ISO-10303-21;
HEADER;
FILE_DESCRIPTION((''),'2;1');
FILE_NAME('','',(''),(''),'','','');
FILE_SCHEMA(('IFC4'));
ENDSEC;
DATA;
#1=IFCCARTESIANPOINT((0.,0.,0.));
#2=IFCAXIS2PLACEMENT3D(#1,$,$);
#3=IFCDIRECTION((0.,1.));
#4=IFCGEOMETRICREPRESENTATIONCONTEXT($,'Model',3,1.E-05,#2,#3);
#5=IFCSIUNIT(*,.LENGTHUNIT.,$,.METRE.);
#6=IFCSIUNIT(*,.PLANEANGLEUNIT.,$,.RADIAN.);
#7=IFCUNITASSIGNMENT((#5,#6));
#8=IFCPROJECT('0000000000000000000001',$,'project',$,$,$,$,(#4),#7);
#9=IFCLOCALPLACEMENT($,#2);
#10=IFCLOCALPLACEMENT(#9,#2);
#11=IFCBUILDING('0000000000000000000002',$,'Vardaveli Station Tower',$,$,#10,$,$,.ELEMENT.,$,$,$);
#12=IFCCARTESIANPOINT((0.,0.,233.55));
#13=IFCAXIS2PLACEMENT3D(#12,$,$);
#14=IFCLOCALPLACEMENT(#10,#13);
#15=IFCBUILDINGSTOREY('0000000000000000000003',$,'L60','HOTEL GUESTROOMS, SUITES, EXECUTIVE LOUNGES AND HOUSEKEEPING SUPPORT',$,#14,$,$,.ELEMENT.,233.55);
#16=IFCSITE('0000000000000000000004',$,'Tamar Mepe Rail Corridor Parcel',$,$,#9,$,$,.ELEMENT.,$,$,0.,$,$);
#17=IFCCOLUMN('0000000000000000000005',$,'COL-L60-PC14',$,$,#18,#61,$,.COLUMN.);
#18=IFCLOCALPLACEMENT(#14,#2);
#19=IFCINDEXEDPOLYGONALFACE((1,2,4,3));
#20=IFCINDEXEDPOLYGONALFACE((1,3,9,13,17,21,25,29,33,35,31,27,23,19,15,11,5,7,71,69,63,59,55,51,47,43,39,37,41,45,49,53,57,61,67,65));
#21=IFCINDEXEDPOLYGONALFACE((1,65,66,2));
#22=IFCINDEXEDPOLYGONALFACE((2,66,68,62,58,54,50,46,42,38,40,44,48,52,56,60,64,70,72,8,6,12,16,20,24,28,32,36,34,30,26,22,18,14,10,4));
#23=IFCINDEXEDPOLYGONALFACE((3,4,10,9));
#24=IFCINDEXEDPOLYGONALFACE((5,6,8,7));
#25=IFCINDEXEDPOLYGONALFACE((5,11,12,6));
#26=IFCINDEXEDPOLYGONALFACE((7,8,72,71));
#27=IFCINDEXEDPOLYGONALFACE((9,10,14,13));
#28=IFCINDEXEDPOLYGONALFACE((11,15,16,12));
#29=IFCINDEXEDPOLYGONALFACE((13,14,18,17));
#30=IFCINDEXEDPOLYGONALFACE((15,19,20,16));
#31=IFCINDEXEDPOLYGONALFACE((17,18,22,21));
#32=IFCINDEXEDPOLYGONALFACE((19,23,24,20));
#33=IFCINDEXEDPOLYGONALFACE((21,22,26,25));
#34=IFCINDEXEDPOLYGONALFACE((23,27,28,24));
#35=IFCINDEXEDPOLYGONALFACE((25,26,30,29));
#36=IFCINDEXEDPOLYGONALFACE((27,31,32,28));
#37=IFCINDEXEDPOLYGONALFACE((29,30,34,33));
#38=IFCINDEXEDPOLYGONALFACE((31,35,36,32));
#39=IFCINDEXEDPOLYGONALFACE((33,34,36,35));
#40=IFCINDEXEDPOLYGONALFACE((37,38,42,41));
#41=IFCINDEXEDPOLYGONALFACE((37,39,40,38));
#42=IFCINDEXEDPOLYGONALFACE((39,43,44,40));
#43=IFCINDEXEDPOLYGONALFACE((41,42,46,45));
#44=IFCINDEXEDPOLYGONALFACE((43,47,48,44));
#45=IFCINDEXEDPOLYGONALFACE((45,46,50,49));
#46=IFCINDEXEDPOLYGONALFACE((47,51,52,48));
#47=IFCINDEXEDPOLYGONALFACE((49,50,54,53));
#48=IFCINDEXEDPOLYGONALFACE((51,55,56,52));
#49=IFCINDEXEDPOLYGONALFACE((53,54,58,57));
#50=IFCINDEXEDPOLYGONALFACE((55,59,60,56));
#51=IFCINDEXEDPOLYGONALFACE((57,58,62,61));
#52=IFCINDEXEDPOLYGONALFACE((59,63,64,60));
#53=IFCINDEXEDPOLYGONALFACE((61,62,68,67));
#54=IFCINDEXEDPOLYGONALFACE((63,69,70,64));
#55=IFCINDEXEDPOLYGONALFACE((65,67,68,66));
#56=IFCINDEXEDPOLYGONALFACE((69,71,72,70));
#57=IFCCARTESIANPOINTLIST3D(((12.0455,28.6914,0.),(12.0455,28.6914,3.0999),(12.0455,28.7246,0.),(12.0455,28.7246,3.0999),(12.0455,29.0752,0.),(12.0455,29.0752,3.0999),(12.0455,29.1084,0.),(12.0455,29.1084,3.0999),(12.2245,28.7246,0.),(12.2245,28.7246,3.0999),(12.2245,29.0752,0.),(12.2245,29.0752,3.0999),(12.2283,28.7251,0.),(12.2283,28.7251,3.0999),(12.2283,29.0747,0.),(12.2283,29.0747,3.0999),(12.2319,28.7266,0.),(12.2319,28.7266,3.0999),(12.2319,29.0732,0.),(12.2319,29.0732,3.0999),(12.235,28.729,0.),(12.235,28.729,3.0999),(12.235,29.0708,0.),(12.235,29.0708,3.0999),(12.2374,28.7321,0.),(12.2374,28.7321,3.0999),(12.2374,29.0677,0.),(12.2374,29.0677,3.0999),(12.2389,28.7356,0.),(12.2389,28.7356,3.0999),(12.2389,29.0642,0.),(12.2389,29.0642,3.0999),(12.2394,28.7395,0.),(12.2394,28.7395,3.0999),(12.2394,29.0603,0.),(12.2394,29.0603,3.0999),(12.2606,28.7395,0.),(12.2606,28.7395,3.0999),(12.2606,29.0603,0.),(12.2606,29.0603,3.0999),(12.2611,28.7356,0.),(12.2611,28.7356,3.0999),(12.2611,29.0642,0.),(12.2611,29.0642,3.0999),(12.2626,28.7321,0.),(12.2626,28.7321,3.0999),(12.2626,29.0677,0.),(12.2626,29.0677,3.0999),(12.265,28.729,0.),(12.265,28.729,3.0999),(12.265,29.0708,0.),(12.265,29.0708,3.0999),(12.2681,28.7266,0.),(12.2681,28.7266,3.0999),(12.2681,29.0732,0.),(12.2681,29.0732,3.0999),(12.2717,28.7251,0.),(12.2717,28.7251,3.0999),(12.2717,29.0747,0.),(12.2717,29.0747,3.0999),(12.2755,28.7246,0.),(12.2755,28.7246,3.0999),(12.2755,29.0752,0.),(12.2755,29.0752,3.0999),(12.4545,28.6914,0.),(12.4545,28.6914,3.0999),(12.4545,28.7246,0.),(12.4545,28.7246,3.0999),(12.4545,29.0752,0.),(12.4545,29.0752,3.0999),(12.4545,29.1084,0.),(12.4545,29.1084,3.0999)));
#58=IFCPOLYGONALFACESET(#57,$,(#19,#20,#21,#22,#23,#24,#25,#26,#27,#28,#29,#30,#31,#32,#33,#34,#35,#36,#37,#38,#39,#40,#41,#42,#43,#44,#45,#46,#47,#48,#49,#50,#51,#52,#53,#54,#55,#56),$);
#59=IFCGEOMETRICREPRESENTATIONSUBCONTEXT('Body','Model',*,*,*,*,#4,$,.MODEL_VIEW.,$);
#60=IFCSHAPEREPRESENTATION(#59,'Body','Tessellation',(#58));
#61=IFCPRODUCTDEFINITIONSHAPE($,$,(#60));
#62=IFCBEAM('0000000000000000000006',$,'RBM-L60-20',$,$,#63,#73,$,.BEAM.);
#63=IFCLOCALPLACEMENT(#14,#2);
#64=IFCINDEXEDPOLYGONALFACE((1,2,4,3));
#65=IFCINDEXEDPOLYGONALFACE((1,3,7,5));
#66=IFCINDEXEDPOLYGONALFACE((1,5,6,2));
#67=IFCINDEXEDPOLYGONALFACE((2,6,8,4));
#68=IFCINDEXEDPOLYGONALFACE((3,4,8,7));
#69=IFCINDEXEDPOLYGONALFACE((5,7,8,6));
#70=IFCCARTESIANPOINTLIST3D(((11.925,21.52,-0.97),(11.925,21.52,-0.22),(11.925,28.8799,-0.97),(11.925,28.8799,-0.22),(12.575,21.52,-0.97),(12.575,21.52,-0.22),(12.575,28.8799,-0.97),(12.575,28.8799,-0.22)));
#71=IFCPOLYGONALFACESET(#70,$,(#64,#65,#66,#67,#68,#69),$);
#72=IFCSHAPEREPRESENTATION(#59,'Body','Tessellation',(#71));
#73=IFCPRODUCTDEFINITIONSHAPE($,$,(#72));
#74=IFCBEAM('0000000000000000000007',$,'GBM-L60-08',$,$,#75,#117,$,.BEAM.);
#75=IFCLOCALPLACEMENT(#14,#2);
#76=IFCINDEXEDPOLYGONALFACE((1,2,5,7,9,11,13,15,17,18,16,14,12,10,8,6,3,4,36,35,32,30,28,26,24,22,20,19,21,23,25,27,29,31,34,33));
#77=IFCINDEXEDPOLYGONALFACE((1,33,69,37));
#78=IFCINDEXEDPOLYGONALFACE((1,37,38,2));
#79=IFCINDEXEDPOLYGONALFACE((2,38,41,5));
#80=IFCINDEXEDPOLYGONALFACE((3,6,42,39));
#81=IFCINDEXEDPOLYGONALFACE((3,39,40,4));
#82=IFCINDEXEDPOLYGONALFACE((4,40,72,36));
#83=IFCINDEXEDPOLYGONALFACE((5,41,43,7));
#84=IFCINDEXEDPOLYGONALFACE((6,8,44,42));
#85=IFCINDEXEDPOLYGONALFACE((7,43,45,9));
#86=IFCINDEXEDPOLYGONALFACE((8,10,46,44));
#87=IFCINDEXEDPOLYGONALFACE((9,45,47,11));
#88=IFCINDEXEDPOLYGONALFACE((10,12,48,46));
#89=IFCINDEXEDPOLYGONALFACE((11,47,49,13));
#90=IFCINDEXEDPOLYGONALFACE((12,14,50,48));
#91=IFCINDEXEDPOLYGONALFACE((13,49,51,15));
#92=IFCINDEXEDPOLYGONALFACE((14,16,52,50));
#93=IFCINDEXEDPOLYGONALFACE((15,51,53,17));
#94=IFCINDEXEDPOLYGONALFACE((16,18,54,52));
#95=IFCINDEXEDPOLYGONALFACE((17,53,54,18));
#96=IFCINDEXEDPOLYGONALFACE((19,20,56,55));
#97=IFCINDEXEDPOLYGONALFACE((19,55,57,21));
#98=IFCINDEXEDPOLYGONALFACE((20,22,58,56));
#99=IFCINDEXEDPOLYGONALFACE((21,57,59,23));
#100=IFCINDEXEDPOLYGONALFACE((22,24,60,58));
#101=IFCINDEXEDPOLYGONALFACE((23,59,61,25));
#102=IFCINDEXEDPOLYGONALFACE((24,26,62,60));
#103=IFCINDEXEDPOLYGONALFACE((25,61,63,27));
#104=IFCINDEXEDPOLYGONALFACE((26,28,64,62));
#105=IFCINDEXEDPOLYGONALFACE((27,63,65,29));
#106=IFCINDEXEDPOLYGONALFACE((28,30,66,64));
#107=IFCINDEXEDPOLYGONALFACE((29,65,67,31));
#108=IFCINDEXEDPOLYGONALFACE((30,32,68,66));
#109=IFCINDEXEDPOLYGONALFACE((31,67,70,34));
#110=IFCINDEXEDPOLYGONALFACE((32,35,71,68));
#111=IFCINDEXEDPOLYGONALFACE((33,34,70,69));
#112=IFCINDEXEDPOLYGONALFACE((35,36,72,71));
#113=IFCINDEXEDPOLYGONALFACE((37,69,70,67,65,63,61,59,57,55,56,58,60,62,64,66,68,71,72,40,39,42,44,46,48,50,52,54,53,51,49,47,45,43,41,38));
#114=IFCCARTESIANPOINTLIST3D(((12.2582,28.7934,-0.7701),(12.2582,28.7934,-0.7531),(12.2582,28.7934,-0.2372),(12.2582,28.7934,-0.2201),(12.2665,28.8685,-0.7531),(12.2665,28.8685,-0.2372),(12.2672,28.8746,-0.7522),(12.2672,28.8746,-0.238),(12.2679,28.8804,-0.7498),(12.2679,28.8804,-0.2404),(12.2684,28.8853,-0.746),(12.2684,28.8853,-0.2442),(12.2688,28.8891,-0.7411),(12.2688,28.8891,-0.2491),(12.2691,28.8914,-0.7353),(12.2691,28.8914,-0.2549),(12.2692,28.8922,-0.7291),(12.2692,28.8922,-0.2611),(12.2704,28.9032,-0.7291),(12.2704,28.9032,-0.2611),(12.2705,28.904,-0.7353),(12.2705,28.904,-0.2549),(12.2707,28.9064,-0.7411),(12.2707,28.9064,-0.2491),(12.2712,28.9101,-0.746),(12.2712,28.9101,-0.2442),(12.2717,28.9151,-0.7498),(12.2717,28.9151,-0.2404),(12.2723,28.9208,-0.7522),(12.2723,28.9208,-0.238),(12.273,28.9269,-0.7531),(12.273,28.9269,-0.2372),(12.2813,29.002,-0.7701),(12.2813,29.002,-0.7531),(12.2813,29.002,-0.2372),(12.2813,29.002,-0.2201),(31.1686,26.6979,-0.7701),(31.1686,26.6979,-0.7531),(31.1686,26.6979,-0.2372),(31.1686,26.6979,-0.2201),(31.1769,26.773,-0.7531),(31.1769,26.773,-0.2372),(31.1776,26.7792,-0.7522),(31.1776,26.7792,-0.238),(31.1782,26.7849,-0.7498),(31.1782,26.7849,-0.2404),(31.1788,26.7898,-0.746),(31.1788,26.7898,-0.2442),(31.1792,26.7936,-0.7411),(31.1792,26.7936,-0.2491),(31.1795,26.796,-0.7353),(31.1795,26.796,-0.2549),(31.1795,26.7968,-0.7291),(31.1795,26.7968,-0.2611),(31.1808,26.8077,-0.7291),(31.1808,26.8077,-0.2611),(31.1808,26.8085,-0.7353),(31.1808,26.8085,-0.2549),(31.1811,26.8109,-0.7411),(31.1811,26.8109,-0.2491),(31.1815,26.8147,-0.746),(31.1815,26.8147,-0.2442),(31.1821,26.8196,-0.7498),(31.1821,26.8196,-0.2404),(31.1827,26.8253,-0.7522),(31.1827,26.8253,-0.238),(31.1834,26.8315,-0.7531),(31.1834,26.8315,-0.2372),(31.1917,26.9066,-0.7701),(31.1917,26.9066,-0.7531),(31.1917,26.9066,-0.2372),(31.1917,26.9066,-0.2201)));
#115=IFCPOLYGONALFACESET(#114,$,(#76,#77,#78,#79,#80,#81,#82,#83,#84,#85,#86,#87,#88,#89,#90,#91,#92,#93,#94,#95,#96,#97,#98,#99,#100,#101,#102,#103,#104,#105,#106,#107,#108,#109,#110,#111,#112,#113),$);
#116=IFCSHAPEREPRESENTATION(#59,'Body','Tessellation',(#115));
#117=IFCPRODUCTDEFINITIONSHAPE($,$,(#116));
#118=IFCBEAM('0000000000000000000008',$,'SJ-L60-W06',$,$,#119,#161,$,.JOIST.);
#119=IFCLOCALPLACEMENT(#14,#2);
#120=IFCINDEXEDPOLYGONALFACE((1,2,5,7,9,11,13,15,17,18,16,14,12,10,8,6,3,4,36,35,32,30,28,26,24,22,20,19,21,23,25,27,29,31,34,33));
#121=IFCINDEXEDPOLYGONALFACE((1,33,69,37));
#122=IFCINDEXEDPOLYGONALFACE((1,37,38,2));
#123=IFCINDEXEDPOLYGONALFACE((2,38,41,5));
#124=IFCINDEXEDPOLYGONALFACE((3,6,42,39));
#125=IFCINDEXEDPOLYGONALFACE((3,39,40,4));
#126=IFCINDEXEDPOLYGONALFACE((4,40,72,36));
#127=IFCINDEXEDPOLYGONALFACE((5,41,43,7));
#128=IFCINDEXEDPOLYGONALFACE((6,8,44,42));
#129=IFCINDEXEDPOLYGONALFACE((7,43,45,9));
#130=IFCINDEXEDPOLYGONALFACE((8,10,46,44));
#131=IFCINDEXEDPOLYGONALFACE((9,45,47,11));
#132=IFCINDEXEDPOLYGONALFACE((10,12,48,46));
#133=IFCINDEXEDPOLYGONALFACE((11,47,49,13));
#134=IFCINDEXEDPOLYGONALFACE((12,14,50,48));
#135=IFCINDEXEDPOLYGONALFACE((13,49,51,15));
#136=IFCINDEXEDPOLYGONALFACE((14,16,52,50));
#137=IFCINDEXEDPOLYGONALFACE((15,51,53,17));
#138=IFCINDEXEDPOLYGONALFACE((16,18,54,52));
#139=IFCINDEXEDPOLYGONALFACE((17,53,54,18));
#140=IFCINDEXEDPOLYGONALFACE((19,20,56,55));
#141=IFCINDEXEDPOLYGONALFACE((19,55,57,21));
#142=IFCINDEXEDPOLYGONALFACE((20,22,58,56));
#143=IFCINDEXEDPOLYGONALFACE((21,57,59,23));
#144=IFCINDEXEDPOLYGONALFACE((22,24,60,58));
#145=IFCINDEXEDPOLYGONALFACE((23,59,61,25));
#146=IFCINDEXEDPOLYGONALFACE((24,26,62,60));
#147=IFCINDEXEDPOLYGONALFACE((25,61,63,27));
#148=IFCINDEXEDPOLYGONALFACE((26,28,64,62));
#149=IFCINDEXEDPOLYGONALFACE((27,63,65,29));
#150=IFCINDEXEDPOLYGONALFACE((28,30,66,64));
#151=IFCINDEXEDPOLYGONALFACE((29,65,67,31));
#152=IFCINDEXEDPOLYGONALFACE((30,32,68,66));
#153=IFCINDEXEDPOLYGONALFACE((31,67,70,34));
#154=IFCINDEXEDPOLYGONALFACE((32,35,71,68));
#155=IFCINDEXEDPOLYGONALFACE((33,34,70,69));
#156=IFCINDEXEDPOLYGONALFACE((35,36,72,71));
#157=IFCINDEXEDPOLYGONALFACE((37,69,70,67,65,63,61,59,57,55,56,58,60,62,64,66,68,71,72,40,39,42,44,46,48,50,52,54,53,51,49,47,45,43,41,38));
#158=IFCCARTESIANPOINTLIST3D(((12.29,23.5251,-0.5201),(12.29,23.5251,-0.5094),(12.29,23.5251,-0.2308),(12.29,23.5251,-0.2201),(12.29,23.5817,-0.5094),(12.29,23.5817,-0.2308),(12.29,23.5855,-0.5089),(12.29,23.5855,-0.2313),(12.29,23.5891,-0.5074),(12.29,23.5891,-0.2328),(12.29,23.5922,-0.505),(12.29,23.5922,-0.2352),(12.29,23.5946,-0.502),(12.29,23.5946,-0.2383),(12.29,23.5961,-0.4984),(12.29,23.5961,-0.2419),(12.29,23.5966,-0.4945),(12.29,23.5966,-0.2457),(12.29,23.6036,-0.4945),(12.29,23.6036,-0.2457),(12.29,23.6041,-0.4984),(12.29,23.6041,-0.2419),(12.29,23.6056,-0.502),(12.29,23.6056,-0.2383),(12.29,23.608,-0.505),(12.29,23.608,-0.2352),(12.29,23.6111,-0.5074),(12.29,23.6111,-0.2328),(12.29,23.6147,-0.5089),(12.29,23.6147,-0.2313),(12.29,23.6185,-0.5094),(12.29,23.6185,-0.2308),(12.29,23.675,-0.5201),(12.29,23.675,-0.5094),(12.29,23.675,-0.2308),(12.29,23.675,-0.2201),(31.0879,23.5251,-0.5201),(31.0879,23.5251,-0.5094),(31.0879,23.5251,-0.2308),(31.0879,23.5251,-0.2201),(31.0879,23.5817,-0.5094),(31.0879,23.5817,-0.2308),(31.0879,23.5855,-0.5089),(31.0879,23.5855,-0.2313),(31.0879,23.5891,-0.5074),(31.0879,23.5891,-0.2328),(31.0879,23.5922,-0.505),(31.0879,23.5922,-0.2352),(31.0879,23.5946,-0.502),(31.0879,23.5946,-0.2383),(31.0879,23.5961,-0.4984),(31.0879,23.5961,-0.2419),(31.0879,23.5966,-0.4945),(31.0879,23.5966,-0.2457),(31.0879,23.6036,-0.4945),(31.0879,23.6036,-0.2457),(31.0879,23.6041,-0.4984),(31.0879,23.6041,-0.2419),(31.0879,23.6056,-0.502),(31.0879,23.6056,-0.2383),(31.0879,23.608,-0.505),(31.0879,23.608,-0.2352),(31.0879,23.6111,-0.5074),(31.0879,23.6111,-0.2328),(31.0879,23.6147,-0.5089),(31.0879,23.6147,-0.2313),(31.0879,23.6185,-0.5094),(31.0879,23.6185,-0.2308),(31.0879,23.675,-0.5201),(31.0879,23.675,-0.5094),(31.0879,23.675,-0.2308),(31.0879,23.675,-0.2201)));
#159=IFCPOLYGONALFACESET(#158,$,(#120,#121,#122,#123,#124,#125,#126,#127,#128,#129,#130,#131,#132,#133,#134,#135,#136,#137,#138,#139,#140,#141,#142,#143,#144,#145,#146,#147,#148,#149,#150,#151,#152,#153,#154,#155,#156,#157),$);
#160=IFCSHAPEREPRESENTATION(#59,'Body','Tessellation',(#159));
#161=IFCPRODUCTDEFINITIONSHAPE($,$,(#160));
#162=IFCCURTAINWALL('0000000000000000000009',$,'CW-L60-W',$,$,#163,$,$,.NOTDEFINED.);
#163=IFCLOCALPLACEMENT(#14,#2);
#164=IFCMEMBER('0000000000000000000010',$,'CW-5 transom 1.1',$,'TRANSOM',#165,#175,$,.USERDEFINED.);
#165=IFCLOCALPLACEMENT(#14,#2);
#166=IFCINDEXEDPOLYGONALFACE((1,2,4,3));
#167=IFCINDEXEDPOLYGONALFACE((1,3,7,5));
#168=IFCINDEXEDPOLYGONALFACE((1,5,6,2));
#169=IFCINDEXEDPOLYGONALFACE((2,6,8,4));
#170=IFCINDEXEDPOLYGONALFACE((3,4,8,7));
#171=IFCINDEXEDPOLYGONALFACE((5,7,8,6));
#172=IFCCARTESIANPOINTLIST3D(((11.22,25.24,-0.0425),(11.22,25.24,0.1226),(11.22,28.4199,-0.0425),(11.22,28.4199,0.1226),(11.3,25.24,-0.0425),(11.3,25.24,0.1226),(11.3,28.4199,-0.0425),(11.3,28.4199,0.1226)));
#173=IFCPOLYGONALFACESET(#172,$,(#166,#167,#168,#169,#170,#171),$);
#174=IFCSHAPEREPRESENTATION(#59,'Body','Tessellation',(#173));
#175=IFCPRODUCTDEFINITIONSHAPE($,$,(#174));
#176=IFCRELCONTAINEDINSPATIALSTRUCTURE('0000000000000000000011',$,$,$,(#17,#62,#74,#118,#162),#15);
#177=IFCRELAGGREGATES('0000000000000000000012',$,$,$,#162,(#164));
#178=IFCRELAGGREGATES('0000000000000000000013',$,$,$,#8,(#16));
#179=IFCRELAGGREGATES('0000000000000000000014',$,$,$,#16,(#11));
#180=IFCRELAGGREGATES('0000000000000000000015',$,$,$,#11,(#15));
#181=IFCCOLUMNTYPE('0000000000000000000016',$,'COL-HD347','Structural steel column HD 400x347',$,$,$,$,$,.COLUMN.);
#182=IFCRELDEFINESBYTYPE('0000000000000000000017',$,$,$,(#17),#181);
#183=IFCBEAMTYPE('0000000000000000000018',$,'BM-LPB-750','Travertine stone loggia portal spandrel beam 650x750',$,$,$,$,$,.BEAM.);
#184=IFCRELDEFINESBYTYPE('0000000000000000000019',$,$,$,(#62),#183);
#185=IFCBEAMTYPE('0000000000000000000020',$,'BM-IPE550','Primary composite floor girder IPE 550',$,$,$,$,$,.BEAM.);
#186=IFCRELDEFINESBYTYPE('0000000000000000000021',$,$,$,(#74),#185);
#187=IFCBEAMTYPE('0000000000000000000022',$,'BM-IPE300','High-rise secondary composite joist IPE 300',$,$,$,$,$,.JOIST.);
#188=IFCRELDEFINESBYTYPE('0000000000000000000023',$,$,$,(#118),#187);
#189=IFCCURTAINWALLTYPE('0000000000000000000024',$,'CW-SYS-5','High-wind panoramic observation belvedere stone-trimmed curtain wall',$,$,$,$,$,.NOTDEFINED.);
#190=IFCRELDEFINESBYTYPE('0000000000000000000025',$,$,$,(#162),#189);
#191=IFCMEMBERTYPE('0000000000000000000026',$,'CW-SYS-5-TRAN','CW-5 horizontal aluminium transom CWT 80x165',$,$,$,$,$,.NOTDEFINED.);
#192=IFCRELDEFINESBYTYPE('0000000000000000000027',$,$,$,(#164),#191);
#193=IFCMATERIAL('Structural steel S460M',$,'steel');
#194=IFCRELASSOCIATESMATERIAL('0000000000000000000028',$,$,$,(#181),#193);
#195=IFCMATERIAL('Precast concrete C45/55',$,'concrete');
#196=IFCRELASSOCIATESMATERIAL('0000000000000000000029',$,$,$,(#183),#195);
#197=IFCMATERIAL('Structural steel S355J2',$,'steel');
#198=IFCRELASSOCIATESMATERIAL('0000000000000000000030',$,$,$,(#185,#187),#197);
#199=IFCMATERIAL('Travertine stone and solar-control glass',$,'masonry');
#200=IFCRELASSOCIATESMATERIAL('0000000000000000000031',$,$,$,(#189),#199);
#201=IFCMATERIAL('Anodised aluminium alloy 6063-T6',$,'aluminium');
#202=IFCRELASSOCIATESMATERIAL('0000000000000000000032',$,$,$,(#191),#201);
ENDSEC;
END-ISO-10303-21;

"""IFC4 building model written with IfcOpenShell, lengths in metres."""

from ifc_helpers import new_model, si_unit, direction, frame, origin, origin_2d, place, context, subcontext, project, spatial, rectangle, i_section, extrude, source, transform, mapped, material, material_profile, profile_set, type_object, element, aggregate, save


model = new_model("IFC4")

# Units and contexts
model_context = context("Model", 3, precision=1e-05, world=origin(), true_north=direction((0.0, 1.0)))
body_context = subcontext(model_context, "Body", "Model", "MODEL_VIEW")
ifc_project = project(units=[si_unit("LENGTHUNIT", "METRE"), si_unit("PLANEANGLEUNIT", "RADIAN")], contexts=[model_context])

# Site, building, storey
site_placement = place(None, origin())
site = spatial("IfcSite", under=ifc_project, at=site_placement, Name="Tamar Mepe Rail Corridor Parcel", CompositionType="ELEMENT", RefElevation=0.0)
building_placement = place(site_placement, origin())
building = spatial("IfcBuilding", under=site, at=building_placement, Name="Vardaveli Station Tower", CompositionType="ELEMENT")
storey_placement = place(building_placement, frame((0.0, 0.0, 233.55)))
storey = spatial("IfcBuildingStorey", under=building, at=storey_placement, Name="L60", Description="HOTEL GUESTROOMS, SUITES, EXECUTIVE LOUNGES AND HOUSEKEEPING SUPPORT", CompositionType="ELEMENT", Elevation=233.55)

# Column
ifc_material_1 = material(Name="Structural steel S460M", Category="steel")
ifc_material_profile_1 = material_profile(ifc_material_1, i_section(OverallWidth=0.4089, OverallDepth=0.417, WebThickness=0.0212, FlangeThickness=0.0332, FilletRadius=0.0149, at=origin_2d()), Name="HD 400x347")
ifc_profile_set_1 = profile_set([ifc_material_profile_1], Name="Structural steel S460M")
column_type = type_object("IfcColumnType", Name="COL-HD347", Description="Structural steel column HD 400x347", PredefinedType="COLUMN", material=ifc_profile_set_1)
shared_shape_1 = source(origin(), body_context, "Body", "SweptSolid", [
    extrude(i_section(OverallWidth=0.4089, OverallDepth=0.417, WebThickness=0.0212, FlangeThickness=0.0332, FilletRadius=0.0149, at=origin_2d()), origin(), (0.0, 0.0, 1.0), 3.0999),
])
column_placement = place(storey_placement, frame((12.25, 28.8999, 0.0), z_axis=(0.0, 0.0, 1.0), x_axis=(1.0, 0.0, 0.0)))
element("IfcColumn", 1, at=column_placement, inside=storey, type_object=column_type, Name="COL-L60-PC14", PredefinedType="COLUMN", context=body_context, shape_type="MappedRepresentation", body=[
    mapped(shared_shape_1, transform((0.0, 0.0, 0.0), scale=1.0)),
])

# Beams
ifc_material_2 = material(Name="Precast concrete C45/55", Category="concrete")
ifc_material_profile_2 = material_profile(ifc_material_2, rectangle(XDim=0.6499, YDim=0.75, at=origin_2d()), Name="LPB 650x750")
ifc_profile_set_2 = profile_set([ifc_material_profile_2], Name="Precast concrete C45/55")
beam_type_1 = type_object("IfcBeamType", Name="BM-LPB-750", Description="Travertine stone loggia portal spandrel beam 650x750", PredefinedType="BEAM", material=ifc_profile_set_2)
shared_shape_2 = source(origin(), body_context, "Body", "SweptSolid", [
    extrude(rectangle(XDim=0.6499, YDim=0.75, at=origin_2d()), origin(), (0.0, 0.0, 1.0), 7.3599),
])
beam_1_placement = place(storey_placement, frame((12.25, 28.8799, -0.595), z_axis=(0.0, -1.0, 0.0), x_axis=(1.0, 0.0, 0.0)))
element("IfcBeam", 2, at=beam_1_placement, inside=storey, type_object=beam_type_1, Name="RBM-L60-20", PredefinedType="BEAM", context=body_context, shape_type="MappedRepresentation", body=[
    mapped(shared_shape_2, transform((0.0, 0.0, 0.0), scale=1.0)),
])
ifc_material_3 = material(Name="Structural steel S355J2", Category="steel")
ifc_material_profile_3 = material_profile(ifc_material_3, i_section(OverallWidth=0.21, OverallDepth=0.55, WebThickness=0.011, FlangeThickness=0.0171, FilletRadius=0.0239, at=origin_2d()), Name="IPE 550")
ifc_profile_set_3 = profile_set([ifc_material_profile_3], Name="Structural steel S355J2")
beam_type_2 = type_object("IfcBeamType", Name="BM-IPE550", Description="Primary composite floor girder IPE 550", PredefinedType="BEAM", material=ifc_profile_set_3)
shared_shape_3 = source(origin(), body_context, "Body", "SweptSolid", [
    extrude(i_section(OverallWidth=0.21, OverallDepth=0.55, WebThickness=0.011, FlangeThickness=0.0171, FilletRadius=0.0239, at=origin_2d()), origin(), (0.0, 0.0, 1.0), 19.0261),
])
beam_2_placement = place(storey_placement, frame((12.2698, 28.8977, -0.4951), z_axis=(0.993917, -0.110136, 0.0), x_axis=(0.110136, 0.993917, 0.0)))
element("IfcBeam", 3, at=beam_2_placement, inside=storey, type_object=beam_type_2, Name="GBM-L60-08", PredefinedType="BEAM", context=body_context, shape_type="MappedRepresentation", body=[
    mapped(shared_shape_3, transform((0.0, 0.0, 0.0), scale=1.0)),
])
ifc_material_profile_4 = material_profile(ifc_material_3, i_section(OverallWidth=0.1499, OverallDepth=0.3, WebThickness=0.0071, FlangeThickness=0.0107, FilletRadius=0.0149, at=origin_2d()), Name="IPE 300")
ifc_profile_set_4 = profile_set([ifc_material_profile_4], Name="Structural steel S355J2")
beam_type_3 = type_object("IfcBeamType", Name="BM-IPE300", Description="High-rise secondary composite joist IPE 300", PredefinedType="JOIST", material=ifc_profile_set_4)
shared_shape_4 = source(origin(), body_context, "Body", "SweptSolid", [
    extrude(i_section(OverallWidth=0.1499, OverallDepth=0.3, WebThickness=0.0071, FlangeThickness=0.0107, FilletRadius=0.0149, at=origin_2d()), origin(), (0.0, 0.0, 1.0), 18.7979),
])
beam_3_placement = place(storey_placement, frame((12.29, 23.6001, -0.3701), z_axis=(1.0, 0.0, 0.0), x_axis=(0.0, 1.0, 0.0)))
element("IfcBeam", 4, at=beam_3_placement, inside=storey, type_object=beam_type_3, Name="SJ-L60-W06", PredefinedType="JOIST", context=body_context, shape_type="MappedRepresentation", body=[
    mapped(shared_shape_4, transform((0.0, 0.0, 0.0), scale=1.0)),
])

# Curtain wall, member
ifc_material_4 = material(Name="Travertine stone and solar-control glass", Category="masonry")
curtain_wall_type = type_object("IfcCurtainWallType", Name="CW-SYS-5", Description="High-wind panoramic observation belvedere stone-trimmed curtain wall", PredefinedType="NOTDEFINED", material=ifc_material_4)
curtain_wall_placement = place(storey_placement, origin())
curtain_wall = element("IfcCurtainWall", 5, at=curtain_wall_placement, inside=storey, type_object=curtain_wall_type, Name="CW-L60-W", PredefinedType="NOTDEFINED")
ifc_material_5 = material(Name="Anodised aluminium alloy 6063-T6", Category="aluminium")
ifc_material_profile_5 = material_profile(ifc_material_5, rectangle(XDim=0.0801, YDim=0.165, at=origin_2d()), Name="CWT 80x165")
ifc_profile_set_5 = profile_set([ifc_material_profile_5], Name="Anodised aluminium alloy 6063-T6")
member_type_1 = type_object("IfcMemberType", Name="CW-SYS-5-TRAN", Description="CW-5 horizontal aluminium transom CWT 80x165", PredefinedType="NOTDEFINED", material=ifc_profile_set_5)
shared_shape_5 = source(origin(), body_context, "Body", "SweptSolid", [
    extrude(rectangle(XDim=0.0801, YDim=0.165, at=origin_2d()), origin(), (0.0, 0.0, 1.0), 3.1799),
])
member_1_placement = place(storey_placement, frame((11.26, 28.4199, 0.04), z_axis=(0.0, -1.0, 0.0), x_axis=(1.0, 0.0, 0.0)))
member_1 = element("IfcMember", 6, at=member_1_placement, type_object=member_type_1, Name="CW-5 transom 1.1", ObjectType="TRANSOM", PredefinedType="USERDEFINED", context=body_context, shape_type="MappedRepresentation", body=[
    mapped(shared_shape_5, transform((0.0, 0.0, 0.0), scale=1.0)),
])
aggregate(curtain_wall, [member_1])

save(model, "model.ifc")
